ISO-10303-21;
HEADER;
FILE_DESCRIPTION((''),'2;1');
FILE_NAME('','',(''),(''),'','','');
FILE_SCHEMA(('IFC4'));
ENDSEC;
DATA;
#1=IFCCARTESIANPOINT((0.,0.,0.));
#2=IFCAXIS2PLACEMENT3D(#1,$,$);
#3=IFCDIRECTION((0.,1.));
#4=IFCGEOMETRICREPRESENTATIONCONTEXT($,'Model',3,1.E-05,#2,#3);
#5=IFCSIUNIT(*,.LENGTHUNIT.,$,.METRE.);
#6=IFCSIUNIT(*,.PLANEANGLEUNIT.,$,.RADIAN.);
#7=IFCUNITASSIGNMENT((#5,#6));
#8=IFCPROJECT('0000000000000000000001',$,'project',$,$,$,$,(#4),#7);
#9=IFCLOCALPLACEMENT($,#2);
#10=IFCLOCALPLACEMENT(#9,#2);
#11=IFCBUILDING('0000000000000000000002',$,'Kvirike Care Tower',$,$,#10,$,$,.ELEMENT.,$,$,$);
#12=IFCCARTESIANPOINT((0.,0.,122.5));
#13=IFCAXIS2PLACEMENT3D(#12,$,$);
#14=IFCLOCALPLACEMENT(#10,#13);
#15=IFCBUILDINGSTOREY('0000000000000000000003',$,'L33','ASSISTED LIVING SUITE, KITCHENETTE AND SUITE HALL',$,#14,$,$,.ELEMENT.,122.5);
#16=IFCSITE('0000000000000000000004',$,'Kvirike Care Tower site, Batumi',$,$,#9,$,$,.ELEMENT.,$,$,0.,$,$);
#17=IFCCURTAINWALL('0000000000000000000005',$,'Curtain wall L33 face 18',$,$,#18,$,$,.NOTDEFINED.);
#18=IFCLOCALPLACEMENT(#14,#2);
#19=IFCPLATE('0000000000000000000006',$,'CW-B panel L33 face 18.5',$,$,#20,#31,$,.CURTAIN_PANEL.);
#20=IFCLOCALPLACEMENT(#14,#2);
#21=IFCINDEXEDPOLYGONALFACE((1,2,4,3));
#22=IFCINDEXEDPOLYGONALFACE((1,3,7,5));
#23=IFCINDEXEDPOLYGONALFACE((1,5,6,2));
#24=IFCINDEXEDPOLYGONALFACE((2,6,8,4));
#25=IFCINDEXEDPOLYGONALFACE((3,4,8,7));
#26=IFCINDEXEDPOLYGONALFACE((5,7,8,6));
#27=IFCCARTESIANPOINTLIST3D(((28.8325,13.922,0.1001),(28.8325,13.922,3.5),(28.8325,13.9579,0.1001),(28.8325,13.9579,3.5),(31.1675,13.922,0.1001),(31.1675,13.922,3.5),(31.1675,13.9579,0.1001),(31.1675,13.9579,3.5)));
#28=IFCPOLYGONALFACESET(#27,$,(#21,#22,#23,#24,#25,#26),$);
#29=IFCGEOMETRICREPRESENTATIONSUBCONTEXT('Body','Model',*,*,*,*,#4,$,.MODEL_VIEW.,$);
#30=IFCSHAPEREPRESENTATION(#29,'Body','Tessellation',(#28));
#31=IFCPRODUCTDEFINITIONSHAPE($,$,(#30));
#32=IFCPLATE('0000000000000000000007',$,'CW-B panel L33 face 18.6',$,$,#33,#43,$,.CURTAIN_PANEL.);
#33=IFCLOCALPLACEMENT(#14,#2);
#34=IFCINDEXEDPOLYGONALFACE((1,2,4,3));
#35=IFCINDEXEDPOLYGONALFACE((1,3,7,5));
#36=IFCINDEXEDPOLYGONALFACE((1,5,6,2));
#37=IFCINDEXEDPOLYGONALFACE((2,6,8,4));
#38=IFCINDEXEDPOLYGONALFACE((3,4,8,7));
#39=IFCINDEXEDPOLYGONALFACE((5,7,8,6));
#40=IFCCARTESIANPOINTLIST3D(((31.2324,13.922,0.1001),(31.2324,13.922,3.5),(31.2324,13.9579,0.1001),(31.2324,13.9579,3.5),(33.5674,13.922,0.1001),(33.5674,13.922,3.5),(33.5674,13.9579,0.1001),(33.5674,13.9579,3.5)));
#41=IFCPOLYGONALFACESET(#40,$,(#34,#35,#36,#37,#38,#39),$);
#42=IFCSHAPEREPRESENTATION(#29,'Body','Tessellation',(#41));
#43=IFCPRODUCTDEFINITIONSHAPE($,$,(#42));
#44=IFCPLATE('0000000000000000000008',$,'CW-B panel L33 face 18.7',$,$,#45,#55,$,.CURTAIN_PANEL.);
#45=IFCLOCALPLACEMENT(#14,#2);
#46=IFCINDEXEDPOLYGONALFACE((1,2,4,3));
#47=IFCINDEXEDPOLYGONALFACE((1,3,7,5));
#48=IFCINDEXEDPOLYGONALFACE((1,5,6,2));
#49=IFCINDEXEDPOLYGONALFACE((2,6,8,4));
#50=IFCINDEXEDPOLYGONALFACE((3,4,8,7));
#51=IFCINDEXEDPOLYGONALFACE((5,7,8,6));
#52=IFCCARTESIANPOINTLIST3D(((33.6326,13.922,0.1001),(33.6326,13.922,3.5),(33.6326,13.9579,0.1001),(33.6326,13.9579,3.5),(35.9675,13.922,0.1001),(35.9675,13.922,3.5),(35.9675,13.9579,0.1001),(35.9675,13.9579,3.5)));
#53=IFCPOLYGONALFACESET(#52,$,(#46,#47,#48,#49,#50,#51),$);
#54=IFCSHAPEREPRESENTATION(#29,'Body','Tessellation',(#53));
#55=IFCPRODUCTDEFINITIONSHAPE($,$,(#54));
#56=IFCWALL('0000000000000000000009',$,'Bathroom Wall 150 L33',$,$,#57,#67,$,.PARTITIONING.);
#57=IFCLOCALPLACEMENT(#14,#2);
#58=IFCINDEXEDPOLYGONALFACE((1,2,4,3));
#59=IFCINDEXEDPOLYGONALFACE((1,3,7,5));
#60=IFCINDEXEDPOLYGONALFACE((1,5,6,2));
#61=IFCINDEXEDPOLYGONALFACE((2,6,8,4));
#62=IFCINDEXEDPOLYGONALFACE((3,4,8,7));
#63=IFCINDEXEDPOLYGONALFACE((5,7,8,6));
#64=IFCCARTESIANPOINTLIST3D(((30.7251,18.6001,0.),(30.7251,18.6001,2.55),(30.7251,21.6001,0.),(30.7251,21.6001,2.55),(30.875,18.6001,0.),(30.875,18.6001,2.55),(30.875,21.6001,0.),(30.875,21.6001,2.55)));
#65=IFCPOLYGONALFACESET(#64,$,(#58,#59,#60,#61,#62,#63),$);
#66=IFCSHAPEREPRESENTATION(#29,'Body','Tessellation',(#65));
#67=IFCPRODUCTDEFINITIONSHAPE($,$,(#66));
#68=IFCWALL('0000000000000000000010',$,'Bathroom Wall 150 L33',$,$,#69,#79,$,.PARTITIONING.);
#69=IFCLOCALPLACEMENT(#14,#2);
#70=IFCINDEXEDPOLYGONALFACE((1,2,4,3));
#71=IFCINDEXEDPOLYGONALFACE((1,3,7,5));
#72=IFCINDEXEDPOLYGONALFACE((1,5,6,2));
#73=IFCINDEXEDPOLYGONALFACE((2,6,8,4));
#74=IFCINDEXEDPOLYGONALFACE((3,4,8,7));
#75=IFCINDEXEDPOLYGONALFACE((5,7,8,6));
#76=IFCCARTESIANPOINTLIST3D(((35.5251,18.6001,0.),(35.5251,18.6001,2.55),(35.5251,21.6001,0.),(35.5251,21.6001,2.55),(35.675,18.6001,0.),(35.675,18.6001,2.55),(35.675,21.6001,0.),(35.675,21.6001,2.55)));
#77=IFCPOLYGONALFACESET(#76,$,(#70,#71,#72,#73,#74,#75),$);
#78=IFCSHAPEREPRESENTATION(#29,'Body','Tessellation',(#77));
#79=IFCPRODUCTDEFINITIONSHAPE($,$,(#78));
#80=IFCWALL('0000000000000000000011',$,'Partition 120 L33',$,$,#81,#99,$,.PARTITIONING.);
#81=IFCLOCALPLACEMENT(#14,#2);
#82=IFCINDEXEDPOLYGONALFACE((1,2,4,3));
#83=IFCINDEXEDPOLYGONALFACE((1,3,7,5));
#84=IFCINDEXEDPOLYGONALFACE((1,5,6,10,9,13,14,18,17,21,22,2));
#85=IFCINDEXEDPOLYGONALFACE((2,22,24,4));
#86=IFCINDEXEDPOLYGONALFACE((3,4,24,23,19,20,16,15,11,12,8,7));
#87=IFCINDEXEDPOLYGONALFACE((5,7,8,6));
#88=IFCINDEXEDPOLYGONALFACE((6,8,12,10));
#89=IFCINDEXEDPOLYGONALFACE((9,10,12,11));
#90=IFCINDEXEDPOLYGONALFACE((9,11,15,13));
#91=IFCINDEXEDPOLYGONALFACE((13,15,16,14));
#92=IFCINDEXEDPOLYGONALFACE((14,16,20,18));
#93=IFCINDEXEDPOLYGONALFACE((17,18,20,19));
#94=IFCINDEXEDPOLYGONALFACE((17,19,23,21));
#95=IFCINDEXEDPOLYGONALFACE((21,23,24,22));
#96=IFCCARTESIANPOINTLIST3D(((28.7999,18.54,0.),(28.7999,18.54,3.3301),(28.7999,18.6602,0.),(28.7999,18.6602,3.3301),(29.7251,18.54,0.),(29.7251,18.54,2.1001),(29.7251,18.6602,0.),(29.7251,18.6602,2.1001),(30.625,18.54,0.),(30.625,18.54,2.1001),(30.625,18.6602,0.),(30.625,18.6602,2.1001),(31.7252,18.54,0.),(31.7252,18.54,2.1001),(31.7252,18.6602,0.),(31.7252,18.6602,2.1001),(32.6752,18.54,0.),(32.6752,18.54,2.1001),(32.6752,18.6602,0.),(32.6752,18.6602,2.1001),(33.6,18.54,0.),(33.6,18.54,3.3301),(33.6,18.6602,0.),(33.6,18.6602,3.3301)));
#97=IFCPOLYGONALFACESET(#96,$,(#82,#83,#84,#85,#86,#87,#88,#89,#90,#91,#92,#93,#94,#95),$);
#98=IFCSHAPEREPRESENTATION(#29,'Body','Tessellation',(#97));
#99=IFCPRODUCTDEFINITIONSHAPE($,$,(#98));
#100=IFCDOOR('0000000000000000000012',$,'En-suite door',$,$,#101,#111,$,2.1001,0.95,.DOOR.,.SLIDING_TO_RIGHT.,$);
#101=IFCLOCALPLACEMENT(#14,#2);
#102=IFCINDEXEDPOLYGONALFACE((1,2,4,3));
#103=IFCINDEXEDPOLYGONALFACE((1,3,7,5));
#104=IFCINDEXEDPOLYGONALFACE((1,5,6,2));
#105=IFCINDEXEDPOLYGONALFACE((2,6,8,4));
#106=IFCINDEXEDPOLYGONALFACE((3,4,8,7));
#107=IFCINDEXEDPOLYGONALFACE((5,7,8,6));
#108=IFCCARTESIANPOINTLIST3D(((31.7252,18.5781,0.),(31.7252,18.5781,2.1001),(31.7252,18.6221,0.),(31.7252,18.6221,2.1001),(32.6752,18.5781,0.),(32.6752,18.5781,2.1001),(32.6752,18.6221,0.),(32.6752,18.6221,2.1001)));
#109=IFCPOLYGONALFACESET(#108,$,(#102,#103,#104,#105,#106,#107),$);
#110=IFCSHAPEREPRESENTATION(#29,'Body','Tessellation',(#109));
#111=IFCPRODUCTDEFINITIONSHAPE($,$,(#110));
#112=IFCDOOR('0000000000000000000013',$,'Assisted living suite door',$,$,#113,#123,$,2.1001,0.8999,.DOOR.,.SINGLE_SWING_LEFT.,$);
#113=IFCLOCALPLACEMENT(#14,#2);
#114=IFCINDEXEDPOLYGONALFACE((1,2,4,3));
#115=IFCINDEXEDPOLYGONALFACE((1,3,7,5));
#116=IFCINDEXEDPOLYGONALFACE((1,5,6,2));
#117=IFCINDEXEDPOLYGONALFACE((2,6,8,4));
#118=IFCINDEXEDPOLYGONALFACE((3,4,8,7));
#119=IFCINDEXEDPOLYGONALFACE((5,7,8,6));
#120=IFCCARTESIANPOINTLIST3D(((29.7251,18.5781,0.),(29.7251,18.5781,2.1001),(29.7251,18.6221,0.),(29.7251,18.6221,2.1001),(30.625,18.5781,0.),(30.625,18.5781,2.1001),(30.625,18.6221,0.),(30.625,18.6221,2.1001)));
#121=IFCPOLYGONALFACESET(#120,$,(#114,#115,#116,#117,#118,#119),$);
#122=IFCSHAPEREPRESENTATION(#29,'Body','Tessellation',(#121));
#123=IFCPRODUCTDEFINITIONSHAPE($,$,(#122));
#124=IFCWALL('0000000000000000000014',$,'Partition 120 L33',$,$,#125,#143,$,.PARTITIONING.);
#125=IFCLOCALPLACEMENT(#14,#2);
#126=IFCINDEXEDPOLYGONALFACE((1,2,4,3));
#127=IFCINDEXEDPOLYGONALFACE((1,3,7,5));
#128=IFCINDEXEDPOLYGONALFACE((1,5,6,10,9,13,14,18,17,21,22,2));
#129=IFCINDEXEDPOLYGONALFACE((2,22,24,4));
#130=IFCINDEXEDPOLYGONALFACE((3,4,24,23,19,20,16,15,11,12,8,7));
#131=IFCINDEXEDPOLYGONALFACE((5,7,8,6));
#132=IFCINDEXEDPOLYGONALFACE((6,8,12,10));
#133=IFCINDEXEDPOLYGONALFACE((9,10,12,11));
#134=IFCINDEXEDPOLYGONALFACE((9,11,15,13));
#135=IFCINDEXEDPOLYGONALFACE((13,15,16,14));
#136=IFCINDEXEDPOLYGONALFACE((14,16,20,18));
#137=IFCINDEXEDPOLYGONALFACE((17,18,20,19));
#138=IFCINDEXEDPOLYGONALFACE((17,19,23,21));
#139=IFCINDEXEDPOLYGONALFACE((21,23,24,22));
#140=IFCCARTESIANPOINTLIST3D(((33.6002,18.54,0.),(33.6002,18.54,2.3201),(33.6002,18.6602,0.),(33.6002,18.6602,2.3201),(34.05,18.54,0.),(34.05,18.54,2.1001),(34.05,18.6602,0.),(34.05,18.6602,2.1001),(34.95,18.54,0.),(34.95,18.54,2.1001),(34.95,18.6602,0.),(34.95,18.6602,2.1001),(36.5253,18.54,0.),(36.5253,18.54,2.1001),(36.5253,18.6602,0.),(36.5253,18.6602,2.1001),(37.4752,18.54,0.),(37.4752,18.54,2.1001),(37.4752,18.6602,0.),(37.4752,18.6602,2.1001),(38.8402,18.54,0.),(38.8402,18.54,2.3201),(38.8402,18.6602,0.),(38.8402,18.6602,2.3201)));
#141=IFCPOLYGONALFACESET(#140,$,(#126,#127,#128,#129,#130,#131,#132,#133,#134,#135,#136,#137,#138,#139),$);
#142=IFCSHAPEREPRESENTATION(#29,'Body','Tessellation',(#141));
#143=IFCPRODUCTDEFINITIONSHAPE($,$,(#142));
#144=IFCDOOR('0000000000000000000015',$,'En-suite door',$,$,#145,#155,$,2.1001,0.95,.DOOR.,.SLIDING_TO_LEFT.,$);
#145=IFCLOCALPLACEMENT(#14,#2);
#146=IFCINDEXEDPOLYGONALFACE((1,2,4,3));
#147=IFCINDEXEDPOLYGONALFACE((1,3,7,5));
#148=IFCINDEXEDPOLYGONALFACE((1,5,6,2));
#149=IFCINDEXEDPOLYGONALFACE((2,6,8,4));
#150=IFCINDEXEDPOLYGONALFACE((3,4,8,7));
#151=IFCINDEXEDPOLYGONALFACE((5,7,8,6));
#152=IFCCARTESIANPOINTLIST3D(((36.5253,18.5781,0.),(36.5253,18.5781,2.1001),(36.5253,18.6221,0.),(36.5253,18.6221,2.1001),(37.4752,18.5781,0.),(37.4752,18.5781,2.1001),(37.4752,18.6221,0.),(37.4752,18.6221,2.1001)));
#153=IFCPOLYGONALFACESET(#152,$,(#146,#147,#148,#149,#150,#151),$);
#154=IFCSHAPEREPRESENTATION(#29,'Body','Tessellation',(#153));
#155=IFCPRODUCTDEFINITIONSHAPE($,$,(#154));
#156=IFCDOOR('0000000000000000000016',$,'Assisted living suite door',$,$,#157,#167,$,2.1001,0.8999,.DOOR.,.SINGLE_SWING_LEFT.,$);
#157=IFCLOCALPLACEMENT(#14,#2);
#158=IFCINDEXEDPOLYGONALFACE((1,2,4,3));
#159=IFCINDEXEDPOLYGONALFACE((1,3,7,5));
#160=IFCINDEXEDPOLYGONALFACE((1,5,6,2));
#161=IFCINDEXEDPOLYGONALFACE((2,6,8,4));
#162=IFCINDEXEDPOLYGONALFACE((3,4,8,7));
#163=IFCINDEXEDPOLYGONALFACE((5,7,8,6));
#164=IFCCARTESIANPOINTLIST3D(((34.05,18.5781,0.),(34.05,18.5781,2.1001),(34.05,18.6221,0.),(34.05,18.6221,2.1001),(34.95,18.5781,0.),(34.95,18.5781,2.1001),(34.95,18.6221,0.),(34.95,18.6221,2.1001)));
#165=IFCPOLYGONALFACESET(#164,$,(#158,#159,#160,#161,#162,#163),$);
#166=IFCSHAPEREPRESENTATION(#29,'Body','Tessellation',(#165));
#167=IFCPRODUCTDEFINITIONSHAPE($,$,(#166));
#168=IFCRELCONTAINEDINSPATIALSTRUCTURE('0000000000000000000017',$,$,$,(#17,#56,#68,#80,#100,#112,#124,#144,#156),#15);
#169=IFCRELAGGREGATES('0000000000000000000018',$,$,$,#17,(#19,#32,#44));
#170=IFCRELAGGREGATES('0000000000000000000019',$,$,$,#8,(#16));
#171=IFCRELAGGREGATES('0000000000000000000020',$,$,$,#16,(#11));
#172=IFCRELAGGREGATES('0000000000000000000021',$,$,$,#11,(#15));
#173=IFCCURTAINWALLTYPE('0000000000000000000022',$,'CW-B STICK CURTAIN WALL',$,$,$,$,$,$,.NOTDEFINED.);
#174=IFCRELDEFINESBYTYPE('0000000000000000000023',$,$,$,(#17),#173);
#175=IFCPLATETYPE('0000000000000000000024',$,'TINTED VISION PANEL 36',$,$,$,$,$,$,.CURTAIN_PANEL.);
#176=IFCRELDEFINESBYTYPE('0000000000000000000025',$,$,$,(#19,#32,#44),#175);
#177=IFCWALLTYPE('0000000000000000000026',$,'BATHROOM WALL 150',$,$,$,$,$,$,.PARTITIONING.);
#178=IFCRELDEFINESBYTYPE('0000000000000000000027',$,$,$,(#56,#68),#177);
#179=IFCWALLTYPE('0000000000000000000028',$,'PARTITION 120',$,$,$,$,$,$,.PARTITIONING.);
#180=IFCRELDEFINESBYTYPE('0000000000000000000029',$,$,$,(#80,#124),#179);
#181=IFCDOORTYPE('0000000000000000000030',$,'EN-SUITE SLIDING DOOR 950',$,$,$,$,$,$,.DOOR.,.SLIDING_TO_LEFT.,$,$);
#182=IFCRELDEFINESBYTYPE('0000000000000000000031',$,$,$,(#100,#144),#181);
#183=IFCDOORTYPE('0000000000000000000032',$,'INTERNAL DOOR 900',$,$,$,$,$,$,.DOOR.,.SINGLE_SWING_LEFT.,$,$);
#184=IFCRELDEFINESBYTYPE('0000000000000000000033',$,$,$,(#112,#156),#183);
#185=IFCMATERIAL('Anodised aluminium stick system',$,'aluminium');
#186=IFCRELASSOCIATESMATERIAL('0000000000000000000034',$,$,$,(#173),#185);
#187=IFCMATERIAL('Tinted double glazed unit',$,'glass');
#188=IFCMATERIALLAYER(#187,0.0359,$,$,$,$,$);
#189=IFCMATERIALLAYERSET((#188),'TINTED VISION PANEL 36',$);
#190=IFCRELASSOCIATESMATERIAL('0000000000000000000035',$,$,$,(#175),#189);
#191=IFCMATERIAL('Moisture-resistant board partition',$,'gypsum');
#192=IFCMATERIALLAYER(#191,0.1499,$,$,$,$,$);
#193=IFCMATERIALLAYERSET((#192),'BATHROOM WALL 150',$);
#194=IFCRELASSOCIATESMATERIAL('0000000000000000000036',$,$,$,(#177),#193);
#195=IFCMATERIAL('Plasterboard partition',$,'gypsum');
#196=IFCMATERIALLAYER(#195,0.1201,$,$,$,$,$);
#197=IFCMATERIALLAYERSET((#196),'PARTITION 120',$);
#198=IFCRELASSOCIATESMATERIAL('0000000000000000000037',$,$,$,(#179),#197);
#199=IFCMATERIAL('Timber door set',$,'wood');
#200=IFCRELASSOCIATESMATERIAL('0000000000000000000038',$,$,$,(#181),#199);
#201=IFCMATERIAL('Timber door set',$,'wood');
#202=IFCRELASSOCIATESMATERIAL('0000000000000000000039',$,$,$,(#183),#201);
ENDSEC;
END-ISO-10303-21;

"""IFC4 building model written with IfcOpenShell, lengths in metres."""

from ifc_helpers import new_model, si_unit, direction, frame, frame_2d, origin, origin_2d, place, context, subcontext, project, spatial, rectangle, extrude, material, layer, layer_set, type_object, element, fill, aggregate, save


model = new_model("IFC4")

# Units and contexts
model_context = context("Model", 3, precision=1e-05, world=origin(), true_north=direction((0.0, 1.0)))
body_context = subcontext(model_context, "Body", "Model", "MODEL_VIEW")
ifc_project = project(units=[si_unit("LENGTHUNIT", "METRE"), si_unit("PLANEANGLEUNIT", "RADIAN")], contexts=[model_context])

# Site, building, storey
site_placement = place(None, origin())
site = spatial("IfcSite", under=ifc_project, at=site_placement, Name="Kvirike Care Tower site, Batumi", CompositionType="ELEMENT", RefElevation=0.0)
building_placement = place(site_placement, origin())
building = spatial("IfcBuilding", under=site, at=building_placement, Name="Kvirike Care Tower", CompositionType="ELEMENT")
storey_placement = place(building_placement, frame((0.0, 0.0, 122.5)))
storey = spatial("IfcBuildingStorey", under=building, at=storey_placement, Name="L33", Description="ASSISTED LIVING SUITE, KITCHENETTE AND SUITE HALL", CompositionType="ELEMENT", Elevation=122.5)

# Curtain wall
ifc_material_1 = material(Name="Anodised aluminium stick system", Category="aluminium")
curtain_wall_type = type_object("IfcCurtainWallType", Name="CW-B STICK CURTAIN WALL", PredefinedType="NOTDEFINED", material=ifc_material_1)
curtain_wall_placement = place(storey_placement, origin())
curtain_wall = element("IfcCurtainWall", 1, at=curtain_wall_placement, inside=storey, type_object=curtain_wall_type, Name="Curtain wall L33 face 18", PredefinedType="NOTDEFINED")

# Plates
ifc_material_2 = material(Name="Tinted double glazed unit", Category="glass")
ifc_layer_1 = layer(ifc_material_2, 0.0359)
ifc_layer_set_1 = layer_set([ifc_layer_1], Name="TINTED VISION PANEL 36")
plate_type = type_object("IfcPlateType", Name="TINTED VISION PANEL 36", PredefinedType="CURTAIN_PANEL", material=ifc_layer_set_1)
plate_1_placement = place(storey_placement, frame((30.0, 13.9399, 0.1001), z_axis=(0.0, 0.0, 1.0), x_axis=(1.0, 0.0, 0.0)))
plate_1 = element("IfcPlate", 2, at=plate_1_placement, type_object=plate_type, Name="CW-B panel L33 face 18.5", PredefinedType="CURTAIN_PANEL", context=body_context, shape_type="SweptSolid", body=[
    extrude(rectangle(XDim=2.335, YDim=0.0359, at=origin_2d()), origin(), (0.0, 0.0, 1.0), 3.3999),
])
plate_2_placement = place(storey_placement, frame((32.3999, 13.9399, 0.1001), z_axis=(0.0, 0.0, 1.0), x_axis=(1.0, 0.0, 0.0)))
plate_2 = element("IfcPlate", 3, at=plate_2_placement, type_object=plate_type, Name="CW-B panel L33 face 18.6", PredefinedType="CURTAIN_PANEL", context=body_context, shape_type="SweptSolid", body=[
    extrude(rectangle(XDim=2.335, YDim=0.0359, at=origin_2d()), origin(), (0.0, 0.0, 1.0), 3.3999),
])
plate_3_placement = place(storey_placement, frame((34.8, 13.9399, 0.1001), z_axis=(0.0, 0.0, 1.0), x_axis=(1.0, 0.0, 0.0)))
plate_3 = element("IfcPlate", 4, at=plate_3_placement, type_object=plate_type, Name="CW-B panel L33 face 18.7", PredefinedType="CURTAIN_PANEL", context=body_context, shape_type="SweptSolid", body=[
    extrude(rectangle(XDim=2.335, YDim=0.0359, at=origin_2d()), origin(), (0.0, 0.0, 1.0), 3.3999),
])
aggregate(curtain_wall, [plate_1, plate_2, plate_3])

# Walls
ifc_material_3 = material(Name="Moisture-resistant board partition", Category="gypsum")
ifc_layer_2 = layer(ifc_material_3, 0.1499)
ifc_layer_set_2 = layer_set([ifc_layer_2], Name="BATHROOM WALL 150")
wall_type_1 = type_object("IfcWallType", Name="BATHROOM WALL 150", PredefinedType="PARTITIONING", material=ifc_layer_set_2)
for number, where, z_axis, x_axis, name in (
    (5, (30.8, 18.6001, 0.0), (0.0, 0.0, 1.0), (0.0, 1.0, 0.0), "Bathroom Wall 150 L33"),
    (6, (35.6001, 18.6001, 0.0), (0.0, 0.0, 1.0), (0.0, 1.0, 0.0), "Bathroom Wall 150 L33"),
):
    element("IfcWall", number, at=place(storey_placement, frame(where, z_axis=z_axis, x_axis=x_axis)), inside=storey, type_object=wall_type_1, Name=name, PredefinedType="PARTITIONING", context=body_context, shape_type="SweptSolid", body=[
        extrude(rectangle(XDim=3.0, YDim=0.1499, at=frame_2d((1.5, 0.0))), origin(), (0.0, 0.0, 1.0), 2.55),
    ])

# Walls, openings, doors
ifc_material_4 = material(Name="Plasterboard partition", Category="gypsum")
ifc_layer_3 = layer(ifc_material_4, 0.1201)
ifc_layer_set_3 = layer_set([ifc_layer_3], Name="PARTITION 120")
wall_type_2 = type_object("IfcWallType", Name="PARTITION 120", PredefinedType="PARTITIONING", material=ifc_layer_set_3)
wall_1_placement = place(storey_placement, frame((28.8, 18.6001, 0.0), z_axis=(0.0, 0.0, 1.0), x_axis=(1.0, 0.0, 0.0)))
wall_1 = element("IfcWall", 7, at=wall_1_placement, inside=storey, type_object=wall_type_2, Name="Partition 120 L33", PredefinedType="PARTITIONING", context=body_context, shape_type="SweptSolid", body=[
    extrude(rectangle(XDim=4.8, YDim=0.1201, at=frame_2d((2.3999, 0.0))), origin(), (0.0, 0.0, 1.0), 3.3301),
])
opening_1_placement = place(wall_1_placement, frame((0.925, 0.0, 0.0)))
opening_1 = element("IfcOpeningElement", 8, at=opening_1_placement, cuts=wall_1, PredefinedType="OPENING", context=body_context, shape_type="SweptSolid", body=[
    extrude(rectangle(XDim=0.8999, YDim=2.1001, at=frame_2d((0.45, 1.05))), frame((0.0, 0.0706, 0.0), z_axis=(0.0, -1.0, 0.0), x_axis=(1.0, 0.0, 0.0)), (0.0, 0.0, 1.0), 0.1411),
])
opening_2_placement = place(wall_1_placement, frame((2.925, 0.0, 0.0)))
opening_2 = element("IfcOpeningElement", 9, at=opening_2_placement, cuts=wall_1, PredefinedType="OPENING", context=body_context, shape_type="SweptSolid", body=[
    extrude(rectangle(XDim=0.95, YDim=2.1001, at=frame_2d((0.4751, 1.05))), frame((0.0, 0.0706, 0.0), z_axis=(0.0, -1.0, 0.0), x_axis=(1.0, 0.0, 0.0)), (0.0, 0.0, 1.0), 0.1411),
])
ifc_material_5 = material(Name="Timber door set", Category="wood")
door_type_1 = type_object("IfcDoorType", Name="EN-SUITE SLIDING DOOR 950", OperationType="SLIDING_TO_LEFT", PredefinedType="DOOR", material=ifc_material_5)
door_1_placement = place(opening_2_placement, origin())
door_1 = element("IfcDoor", 10, at=door_1_placement, inside=storey, type_object=door_type_1, Name="En-suite door", OperationType="SLIDING_TO_RIGHT", OverallHeight=2.1001, OverallWidth=0.95, PredefinedType="DOOR", context=body_context, shape_type="SweptSolid", body=[
    extrude(rectangle(XDim=0.95, YDim=2.1001, at=frame_2d((0.4751, 1.05))), frame((0.0, 0.022, 0.0), z_axis=(0.0, -1.0, 0.0), x_axis=(1.0, 0.0, 0.0)), (0.0, 0.0, 1.0), 0.0439),
])
fill(opening_2, door_1)
ifc_material_6 = material(Name="Timber door set", Category="wood")
door_type_2 = type_object("IfcDoorType", Name="INTERNAL DOOR 900", OperationType="SINGLE_SWING_LEFT", PredefinedType="DOOR", material=ifc_material_6)
door_2_placement = place(opening_1_placement, origin())
door_2 = element("IfcDoor", 11, at=door_2_placement, inside=storey, type_object=door_type_2, Name="Assisted living suite door", OperationType="SINGLE_SWING_LEFT", OverallHeight=2.1001, OverallWidth=0.8999, PredefinedType="DOOR", context=body_context, shape_type="SweptSolid", body=[
    extrude(rectangle(XDim=0.8999, YDim=2.1001, at=frame_2d((0.45, 1.05))), frame((0.0, 0.022, 0.0), z_axis=(0.0, -1.0, 0.0), x_axis=(1.0, 0.0, 0.0)), (0.0, 0.0, 1.0), 0.0439),
])
fill(opening_1, door_2)
wall_2_placement = place(storey_placement, frame((33.6001, 18.6001, 0.0), z_axis=(0.0, 0.0, 1.0), x_axis=(1.0, 0.0, 0.0)))
wall_2 = element("IfcWall", 12, at=wall_2_placement, inside=storey, type_object=wall_type_2, Name="Partition 120 L33", PredefinedType="PARTITIONING", context=body_context, shape_type="SweptSolid", body=[
    extrude(rectangle(XDim=5.24, YDim=0.1201, at=frame_2d((2.6201, 0.0))), origin(), (0.0, 0.0, 1.0), 2.3201),
])
opening_3_placement = place(wall_2_placement, frame((0.45, 0.0, 0.0)))
opening_3 = element("IfcOpeningElement", 13, at=opening_3_placement, cuts=wall_2, PredefinedType="OPENING", context=body_context, shape_type="SweptSolid", body=[
    extrude(rectangle(XDim=0.8999, YDim=2.1001, at=frame_2d((0.45, 1.05))), frame((0.0, 0.0706, 0.0), z_axis=(0.0, -1.0, 0.0), x_axis=(1.0, 0.0, 0.0)), (0.0, 0.0, 1.0), 0.1411),
])
opening_4_placement = place(wall_2_placement, frame((2.925, 0.0, 0.0)))
opening_4 = element("IfcOpeningElement", 14, at=opening_4_placement, cuts=wall_2, PredefinedType="OPENING", context=body_context, shape_type="SweptSolid", body=[
    extrude(rectangle(XDim=0.95, YDim=2.1001, at=frame_2d((0.4751, 1.05))), frame((0.0, 0.0706, 0.0), z_axis=(0.0, -1.0, 0.0), x_axis=(1.0, 0.0, 0.0)), (0.0, 0.0, 1.0), 0.1411),
])
door_3_placement = place(opening_4_placement, origin())
door_3 = element("IfcDoor", 15, at=door_3_placement, inside=storey, type_object=door_type_1, Name="En-suite door", OperationType="SLIDING_TO_LEFT", OverallHeight=2.1001, OverallWidth=0.95, PredefinedType="DOOR", context=body_context, shape_type="SweptSolid", body=[
    extrude(rectangle(XDim=0.95, YDim=2.1001, at=frame_2d((0.4751, 1.05))), frame((0.0, 0.022, 0.0), z_axis=(0.0, -1.0, 0.0), x_axis=(1.0, 0.0, 0.0)), (0.0, 0.0, 1.0), 0.0439),
])
fill(opening_4, door_3)
door_4_placement = place(opening_3_placement, frame((0.8999, 0.0, 0.0), z_axis=(0.0, 0.0, 1.0), x_axis=(-1.0, 0.0, 0.0)))
door_4 = element("IfcDoor", 16, at=door_4_placement, inside=storey, type_object=door_type_2, Name="Assisted living suite door", OperationType="SINGLE_SWING_LEFT", OverallHeight=2.1001, OverallWidth=0.8999, PredefinedType="DOOR", context=body_context, shape_type="SweptSolid", body=[
    extrude(rectangle(XDim=0.8999, YDim=2.1001, at=frame_2d((0.45, 1.05))), frame((0.0, 0.022, 0.0), z_axis=(0.0, -1.0, 0.0), x_axis=(1.0, 0.0, 0.0)), (0.0, 0.0, 1.0), 0.0439),
])
fill(opening_3, door_4)

save(model, "model.ifc")
